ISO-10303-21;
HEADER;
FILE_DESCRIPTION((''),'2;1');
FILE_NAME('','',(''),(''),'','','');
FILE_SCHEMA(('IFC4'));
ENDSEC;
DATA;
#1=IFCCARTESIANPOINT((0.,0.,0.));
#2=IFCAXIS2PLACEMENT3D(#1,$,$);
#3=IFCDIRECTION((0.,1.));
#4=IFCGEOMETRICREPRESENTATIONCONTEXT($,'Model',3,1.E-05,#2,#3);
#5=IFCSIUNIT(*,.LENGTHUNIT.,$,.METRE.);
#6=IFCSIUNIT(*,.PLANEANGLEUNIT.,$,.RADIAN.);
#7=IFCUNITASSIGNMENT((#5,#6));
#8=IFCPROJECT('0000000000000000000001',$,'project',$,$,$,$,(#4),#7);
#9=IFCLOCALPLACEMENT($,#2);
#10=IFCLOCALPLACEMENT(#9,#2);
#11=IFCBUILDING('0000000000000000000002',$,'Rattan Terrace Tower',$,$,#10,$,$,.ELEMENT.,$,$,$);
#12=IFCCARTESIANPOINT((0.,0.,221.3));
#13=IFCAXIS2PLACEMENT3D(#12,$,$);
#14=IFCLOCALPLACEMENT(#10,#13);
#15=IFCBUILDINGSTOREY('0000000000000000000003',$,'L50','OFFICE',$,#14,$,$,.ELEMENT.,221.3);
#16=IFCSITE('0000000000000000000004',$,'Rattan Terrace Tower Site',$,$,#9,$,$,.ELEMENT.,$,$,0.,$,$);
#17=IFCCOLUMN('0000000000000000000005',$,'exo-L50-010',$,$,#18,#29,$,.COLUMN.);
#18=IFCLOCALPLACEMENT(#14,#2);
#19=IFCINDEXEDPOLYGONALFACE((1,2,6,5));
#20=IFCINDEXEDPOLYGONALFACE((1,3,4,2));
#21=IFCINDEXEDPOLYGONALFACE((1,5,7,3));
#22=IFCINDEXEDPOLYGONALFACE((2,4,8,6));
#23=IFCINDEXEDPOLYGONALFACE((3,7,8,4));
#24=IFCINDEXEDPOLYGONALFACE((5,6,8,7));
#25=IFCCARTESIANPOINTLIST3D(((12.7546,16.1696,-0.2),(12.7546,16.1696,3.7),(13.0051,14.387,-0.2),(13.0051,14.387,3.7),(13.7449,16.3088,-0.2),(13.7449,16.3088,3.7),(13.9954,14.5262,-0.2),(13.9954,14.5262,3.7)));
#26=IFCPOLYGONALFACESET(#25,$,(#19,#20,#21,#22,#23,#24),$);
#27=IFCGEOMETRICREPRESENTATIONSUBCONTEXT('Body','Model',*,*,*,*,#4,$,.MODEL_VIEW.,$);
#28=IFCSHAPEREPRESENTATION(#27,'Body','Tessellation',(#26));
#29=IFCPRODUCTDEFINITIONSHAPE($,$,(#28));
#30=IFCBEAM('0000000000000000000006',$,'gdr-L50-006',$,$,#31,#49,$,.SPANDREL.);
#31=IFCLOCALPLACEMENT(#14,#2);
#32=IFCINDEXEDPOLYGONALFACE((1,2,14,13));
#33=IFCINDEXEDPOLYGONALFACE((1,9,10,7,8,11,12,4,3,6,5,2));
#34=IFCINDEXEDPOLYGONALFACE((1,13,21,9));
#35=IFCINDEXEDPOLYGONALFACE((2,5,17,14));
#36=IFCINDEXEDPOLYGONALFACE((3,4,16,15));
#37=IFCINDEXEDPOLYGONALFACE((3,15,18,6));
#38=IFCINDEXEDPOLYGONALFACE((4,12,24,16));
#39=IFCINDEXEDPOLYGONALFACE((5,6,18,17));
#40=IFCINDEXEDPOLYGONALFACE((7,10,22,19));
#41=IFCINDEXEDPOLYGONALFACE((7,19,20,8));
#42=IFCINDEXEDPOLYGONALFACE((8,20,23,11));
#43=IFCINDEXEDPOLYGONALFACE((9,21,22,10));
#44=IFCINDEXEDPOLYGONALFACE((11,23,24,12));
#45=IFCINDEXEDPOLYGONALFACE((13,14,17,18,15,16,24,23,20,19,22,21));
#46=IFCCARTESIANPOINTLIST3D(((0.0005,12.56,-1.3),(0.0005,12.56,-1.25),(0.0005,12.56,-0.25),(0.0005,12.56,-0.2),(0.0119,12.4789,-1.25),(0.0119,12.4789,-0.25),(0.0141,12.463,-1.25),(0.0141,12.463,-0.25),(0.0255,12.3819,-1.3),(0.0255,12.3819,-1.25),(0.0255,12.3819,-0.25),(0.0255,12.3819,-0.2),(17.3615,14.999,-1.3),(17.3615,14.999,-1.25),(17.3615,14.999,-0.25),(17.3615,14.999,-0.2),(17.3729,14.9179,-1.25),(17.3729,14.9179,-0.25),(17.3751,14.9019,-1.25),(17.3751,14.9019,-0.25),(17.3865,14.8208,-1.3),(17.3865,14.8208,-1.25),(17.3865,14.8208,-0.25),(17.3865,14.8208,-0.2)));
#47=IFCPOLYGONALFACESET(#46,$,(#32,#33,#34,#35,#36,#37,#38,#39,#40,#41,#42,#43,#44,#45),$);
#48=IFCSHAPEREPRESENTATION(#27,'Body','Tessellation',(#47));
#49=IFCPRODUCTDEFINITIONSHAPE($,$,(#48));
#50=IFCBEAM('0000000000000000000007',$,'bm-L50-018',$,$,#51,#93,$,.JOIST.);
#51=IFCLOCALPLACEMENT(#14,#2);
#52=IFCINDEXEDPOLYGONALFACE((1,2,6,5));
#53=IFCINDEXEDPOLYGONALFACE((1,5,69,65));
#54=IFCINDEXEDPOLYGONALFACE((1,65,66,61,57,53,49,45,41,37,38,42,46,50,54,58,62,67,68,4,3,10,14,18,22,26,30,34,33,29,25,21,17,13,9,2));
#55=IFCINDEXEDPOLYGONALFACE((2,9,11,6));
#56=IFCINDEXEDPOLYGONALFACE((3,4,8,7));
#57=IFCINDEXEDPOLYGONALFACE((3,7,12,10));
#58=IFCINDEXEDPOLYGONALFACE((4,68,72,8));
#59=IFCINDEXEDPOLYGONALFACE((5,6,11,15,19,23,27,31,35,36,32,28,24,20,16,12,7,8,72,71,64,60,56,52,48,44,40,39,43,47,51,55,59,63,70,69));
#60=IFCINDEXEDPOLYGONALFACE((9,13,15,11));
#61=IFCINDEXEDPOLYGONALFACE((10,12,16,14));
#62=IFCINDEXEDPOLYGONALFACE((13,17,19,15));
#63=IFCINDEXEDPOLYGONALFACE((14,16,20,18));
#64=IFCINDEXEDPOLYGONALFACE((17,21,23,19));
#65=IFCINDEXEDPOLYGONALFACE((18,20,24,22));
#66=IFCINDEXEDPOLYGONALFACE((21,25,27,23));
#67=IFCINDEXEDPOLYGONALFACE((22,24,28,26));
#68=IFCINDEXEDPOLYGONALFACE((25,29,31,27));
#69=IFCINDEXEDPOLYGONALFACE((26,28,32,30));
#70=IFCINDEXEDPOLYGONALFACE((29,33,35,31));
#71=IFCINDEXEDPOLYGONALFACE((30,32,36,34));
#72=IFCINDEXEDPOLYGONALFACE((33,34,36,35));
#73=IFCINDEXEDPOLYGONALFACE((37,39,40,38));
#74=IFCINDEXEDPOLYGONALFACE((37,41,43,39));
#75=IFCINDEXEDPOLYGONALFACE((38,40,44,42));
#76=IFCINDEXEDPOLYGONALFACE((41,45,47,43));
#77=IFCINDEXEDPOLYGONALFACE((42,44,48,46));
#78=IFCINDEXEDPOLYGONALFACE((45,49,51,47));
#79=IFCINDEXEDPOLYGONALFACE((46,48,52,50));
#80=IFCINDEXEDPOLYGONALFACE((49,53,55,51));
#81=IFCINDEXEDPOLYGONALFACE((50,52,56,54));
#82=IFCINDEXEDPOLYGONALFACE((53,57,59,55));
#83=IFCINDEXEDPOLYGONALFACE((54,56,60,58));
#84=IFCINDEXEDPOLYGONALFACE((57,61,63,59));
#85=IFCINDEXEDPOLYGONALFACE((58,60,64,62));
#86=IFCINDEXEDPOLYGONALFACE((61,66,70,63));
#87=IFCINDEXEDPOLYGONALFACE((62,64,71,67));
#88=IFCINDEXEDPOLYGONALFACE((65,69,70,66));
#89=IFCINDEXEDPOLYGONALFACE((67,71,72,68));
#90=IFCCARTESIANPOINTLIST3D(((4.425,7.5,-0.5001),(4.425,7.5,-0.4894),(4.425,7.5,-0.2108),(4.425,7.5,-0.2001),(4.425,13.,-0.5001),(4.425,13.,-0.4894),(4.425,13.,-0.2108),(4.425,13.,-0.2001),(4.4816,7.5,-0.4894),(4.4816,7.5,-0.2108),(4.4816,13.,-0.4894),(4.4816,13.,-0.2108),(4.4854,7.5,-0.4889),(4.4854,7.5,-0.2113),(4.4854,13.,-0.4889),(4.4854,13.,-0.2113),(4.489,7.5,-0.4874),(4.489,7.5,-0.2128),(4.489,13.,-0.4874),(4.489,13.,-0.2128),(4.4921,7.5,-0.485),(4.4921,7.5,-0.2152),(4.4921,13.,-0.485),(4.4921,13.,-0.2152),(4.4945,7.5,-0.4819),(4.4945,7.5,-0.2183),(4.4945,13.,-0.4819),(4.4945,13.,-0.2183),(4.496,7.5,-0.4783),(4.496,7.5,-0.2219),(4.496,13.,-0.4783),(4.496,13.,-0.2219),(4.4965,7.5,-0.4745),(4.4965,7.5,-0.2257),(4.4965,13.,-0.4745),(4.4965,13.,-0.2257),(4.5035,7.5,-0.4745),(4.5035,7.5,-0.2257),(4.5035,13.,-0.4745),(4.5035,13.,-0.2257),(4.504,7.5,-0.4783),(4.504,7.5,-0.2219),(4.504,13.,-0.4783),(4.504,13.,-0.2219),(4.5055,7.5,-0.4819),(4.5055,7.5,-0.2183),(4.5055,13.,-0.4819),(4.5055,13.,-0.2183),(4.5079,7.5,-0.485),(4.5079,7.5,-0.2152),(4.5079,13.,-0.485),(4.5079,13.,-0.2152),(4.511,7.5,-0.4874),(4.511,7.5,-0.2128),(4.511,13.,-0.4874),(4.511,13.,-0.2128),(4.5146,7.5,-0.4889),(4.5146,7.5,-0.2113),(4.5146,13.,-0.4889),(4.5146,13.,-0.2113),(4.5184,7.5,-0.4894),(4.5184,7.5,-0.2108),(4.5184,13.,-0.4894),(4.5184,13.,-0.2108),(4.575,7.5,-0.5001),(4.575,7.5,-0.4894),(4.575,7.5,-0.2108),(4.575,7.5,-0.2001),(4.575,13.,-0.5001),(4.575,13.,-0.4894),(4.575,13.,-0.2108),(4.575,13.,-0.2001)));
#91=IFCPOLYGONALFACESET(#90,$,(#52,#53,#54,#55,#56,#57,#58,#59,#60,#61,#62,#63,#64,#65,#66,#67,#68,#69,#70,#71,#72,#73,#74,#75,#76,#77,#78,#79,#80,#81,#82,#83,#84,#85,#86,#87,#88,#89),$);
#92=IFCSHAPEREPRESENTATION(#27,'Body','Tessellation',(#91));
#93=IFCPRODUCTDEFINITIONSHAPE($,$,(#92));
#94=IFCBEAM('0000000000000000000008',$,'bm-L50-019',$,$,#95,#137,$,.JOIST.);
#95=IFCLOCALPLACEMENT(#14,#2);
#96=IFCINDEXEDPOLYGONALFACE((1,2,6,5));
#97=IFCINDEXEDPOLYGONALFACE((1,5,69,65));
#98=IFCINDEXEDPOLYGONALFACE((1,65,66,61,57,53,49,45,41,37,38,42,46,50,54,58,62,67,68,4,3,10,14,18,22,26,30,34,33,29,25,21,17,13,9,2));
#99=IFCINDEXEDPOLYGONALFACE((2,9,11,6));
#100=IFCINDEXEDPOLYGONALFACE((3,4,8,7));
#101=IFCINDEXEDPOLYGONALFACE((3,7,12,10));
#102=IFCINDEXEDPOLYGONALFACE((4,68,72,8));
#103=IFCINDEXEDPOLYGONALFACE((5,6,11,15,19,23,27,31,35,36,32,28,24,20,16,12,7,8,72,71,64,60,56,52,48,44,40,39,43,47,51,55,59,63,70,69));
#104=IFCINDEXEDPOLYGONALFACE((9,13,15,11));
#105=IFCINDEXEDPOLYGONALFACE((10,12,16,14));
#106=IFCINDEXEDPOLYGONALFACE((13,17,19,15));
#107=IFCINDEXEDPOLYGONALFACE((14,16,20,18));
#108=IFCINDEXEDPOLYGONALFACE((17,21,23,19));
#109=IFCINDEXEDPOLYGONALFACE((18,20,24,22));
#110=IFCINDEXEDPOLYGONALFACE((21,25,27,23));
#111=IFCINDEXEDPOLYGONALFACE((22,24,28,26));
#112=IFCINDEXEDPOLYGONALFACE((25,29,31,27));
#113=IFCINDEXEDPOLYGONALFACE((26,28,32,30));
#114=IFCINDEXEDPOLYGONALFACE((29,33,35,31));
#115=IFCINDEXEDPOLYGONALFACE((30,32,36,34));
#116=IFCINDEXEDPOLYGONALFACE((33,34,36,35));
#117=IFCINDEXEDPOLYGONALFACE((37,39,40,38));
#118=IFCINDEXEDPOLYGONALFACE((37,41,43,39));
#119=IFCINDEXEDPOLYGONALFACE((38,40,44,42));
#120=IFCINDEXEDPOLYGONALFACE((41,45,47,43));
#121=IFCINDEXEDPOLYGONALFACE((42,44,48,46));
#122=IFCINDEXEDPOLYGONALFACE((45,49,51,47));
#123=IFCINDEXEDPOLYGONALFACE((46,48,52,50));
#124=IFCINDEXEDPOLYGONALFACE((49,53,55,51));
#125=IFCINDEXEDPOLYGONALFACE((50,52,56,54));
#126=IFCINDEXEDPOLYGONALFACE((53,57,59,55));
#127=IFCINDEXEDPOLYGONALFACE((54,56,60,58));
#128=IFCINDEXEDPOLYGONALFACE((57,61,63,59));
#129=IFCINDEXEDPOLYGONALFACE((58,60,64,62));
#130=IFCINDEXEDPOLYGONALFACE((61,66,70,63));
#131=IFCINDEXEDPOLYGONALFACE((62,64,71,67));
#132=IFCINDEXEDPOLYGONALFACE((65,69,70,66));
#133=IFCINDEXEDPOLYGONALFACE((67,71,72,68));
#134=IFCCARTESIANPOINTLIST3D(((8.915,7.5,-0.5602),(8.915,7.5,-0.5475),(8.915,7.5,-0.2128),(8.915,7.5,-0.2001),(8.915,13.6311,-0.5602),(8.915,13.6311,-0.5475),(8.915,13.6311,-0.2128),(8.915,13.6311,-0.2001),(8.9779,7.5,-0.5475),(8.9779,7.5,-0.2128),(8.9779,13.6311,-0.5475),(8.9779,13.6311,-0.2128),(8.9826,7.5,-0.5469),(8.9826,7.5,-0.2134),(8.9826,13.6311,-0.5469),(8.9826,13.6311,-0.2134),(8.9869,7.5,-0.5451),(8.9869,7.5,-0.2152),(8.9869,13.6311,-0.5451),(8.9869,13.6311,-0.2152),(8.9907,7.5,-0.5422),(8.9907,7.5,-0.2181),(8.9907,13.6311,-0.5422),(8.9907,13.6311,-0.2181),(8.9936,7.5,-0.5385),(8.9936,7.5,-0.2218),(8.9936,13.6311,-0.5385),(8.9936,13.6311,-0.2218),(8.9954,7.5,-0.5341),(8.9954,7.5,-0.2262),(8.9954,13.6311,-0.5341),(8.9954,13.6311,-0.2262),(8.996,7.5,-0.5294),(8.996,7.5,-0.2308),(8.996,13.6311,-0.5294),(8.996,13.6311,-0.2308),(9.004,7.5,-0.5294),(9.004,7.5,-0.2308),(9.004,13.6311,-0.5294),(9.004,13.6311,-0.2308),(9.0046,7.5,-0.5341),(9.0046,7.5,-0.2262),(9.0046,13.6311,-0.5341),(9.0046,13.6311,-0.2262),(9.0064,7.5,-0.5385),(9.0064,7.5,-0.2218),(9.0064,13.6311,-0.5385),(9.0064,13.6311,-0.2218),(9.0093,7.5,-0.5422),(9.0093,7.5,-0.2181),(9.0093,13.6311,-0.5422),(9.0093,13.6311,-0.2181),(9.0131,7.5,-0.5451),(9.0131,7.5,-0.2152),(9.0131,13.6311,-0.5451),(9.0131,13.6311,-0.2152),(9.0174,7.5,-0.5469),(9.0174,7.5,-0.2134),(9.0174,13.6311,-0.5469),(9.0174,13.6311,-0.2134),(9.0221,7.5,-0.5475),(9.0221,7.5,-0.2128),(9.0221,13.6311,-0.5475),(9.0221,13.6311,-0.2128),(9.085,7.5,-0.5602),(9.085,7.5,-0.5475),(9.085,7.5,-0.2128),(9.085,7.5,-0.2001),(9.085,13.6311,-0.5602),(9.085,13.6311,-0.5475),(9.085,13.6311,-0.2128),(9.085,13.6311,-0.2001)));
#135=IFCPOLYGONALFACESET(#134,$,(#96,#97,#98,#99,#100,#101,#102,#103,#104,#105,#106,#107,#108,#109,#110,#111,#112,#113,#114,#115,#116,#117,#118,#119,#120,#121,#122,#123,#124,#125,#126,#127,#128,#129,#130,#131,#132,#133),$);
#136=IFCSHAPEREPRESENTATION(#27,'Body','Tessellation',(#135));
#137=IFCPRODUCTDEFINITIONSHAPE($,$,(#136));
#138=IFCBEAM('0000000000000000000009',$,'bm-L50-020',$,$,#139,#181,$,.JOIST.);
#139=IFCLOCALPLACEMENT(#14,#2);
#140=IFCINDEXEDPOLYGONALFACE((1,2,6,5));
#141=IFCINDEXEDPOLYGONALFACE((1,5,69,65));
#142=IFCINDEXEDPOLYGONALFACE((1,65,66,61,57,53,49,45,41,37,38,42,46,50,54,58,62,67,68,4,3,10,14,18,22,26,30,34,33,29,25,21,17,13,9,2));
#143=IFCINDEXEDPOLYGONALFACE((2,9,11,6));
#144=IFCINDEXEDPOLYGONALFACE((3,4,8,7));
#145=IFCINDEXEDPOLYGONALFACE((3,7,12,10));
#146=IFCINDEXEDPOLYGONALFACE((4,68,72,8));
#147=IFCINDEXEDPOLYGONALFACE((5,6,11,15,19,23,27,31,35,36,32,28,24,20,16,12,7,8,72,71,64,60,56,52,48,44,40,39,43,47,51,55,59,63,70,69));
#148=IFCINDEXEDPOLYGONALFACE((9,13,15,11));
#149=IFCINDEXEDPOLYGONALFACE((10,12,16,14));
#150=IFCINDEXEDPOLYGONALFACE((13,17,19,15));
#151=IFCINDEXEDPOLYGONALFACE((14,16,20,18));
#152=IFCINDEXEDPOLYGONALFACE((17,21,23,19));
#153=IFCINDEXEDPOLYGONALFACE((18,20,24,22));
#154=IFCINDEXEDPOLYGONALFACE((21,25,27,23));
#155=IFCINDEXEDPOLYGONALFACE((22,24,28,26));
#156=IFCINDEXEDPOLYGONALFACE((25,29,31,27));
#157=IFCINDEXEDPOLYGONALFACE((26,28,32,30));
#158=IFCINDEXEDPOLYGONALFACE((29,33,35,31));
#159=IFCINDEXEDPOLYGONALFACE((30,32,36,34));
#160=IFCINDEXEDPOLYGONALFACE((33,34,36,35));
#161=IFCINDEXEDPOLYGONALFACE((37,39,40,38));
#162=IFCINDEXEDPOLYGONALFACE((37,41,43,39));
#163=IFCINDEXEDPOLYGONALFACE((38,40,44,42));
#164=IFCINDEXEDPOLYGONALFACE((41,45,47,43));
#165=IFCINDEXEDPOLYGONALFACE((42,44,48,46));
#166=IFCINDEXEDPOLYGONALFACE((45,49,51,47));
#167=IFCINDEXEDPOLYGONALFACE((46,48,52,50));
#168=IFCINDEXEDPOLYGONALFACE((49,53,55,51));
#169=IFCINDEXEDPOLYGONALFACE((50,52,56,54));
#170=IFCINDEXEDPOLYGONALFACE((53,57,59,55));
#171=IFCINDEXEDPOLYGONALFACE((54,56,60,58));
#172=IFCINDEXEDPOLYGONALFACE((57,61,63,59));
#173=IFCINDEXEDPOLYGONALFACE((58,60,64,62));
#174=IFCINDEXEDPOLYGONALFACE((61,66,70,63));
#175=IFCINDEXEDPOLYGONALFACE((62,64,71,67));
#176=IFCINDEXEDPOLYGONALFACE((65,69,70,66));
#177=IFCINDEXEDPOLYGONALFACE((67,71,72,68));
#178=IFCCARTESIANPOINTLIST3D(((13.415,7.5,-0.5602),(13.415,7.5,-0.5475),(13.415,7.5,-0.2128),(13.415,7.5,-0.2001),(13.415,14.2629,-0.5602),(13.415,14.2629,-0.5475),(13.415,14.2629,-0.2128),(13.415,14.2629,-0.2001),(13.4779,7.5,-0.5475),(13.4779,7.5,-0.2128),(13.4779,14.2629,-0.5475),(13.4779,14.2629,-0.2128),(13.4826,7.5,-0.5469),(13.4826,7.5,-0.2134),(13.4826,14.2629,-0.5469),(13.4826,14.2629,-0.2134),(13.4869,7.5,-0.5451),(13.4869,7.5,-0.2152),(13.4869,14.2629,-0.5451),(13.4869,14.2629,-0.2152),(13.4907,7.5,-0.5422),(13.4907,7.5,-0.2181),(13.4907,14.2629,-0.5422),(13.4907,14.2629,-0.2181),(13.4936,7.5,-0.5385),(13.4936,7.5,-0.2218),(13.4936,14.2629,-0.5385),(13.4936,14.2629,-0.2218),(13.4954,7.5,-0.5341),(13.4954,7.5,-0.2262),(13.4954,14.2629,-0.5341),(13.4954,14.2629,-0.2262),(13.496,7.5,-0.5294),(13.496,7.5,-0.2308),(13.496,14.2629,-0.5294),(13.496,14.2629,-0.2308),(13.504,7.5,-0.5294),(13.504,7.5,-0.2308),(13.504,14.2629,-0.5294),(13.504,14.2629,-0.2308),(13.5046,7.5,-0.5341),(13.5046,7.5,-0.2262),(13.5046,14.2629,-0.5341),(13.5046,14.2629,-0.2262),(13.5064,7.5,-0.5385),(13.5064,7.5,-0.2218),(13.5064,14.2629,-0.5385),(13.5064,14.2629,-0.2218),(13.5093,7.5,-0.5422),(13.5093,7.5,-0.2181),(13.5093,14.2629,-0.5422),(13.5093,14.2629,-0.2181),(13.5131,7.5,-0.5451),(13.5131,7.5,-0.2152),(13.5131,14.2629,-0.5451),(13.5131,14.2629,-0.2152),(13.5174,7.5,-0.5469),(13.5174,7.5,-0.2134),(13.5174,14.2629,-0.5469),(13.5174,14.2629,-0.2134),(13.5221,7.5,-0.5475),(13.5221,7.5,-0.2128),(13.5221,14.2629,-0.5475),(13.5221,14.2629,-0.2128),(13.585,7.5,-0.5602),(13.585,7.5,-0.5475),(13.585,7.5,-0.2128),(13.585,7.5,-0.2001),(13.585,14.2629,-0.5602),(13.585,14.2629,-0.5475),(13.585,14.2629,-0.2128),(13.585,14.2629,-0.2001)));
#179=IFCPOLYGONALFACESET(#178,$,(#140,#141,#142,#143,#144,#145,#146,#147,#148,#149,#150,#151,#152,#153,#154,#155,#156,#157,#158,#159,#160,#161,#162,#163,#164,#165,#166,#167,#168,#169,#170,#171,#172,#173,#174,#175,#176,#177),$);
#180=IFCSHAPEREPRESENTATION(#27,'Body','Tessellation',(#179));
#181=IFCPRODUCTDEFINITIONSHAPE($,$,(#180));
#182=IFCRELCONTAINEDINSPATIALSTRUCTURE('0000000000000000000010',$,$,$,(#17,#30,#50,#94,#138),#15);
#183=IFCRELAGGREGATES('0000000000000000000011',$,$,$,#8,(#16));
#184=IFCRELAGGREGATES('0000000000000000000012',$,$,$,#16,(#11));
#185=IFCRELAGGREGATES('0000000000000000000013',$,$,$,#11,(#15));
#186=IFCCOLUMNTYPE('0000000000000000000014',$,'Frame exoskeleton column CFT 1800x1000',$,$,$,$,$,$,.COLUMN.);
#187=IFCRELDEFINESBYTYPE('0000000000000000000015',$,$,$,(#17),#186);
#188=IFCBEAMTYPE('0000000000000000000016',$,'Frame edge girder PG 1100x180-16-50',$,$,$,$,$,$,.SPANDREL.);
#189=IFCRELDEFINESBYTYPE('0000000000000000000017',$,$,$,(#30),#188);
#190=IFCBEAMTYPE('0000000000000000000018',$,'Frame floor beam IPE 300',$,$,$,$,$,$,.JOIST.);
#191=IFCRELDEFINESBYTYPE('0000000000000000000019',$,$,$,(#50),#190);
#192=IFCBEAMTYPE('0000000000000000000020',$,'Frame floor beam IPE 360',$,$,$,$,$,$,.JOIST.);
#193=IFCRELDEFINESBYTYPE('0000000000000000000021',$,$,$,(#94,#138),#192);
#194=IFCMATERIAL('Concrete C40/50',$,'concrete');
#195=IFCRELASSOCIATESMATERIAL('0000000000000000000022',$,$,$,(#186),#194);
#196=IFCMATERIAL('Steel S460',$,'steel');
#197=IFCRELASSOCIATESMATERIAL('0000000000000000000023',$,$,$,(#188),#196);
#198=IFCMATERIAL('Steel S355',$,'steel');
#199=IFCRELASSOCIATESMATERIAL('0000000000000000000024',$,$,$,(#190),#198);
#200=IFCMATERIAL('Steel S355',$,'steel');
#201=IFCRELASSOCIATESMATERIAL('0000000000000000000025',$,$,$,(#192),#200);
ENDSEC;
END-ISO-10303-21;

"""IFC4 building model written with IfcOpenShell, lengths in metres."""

from ifc_helpers import new_model, si_unit, direction, frame, origin, origin_2d, place, context, subcontext, project, spatial, rectangle, i_section, extrude, material, material_profile, profile_set, type_object, element, save


model = new_model("IFC4")

# Units and contexts
model_context = context("Model", 3, precision=1e-05, world=origin(), true_north=direction((0.0, 1.0)))
body_context = subcontext(model_context, "Body", "Model", "MODEL_VIEW")
ifc_project = project(units=[si_unit("LENGTHUNIT", "METRE"), si_unit("PLANEANGLEUNIT", "RADIAN")], contexts=[model_context])

# Site, building, storey
site_placement = place(None, origin())
site = spatial("IfcSite", under=ifc_project, at=site_placement, Name="Rattan Terrace Tower Site", CompositionType="ELEMENT", RefElevation=0.0)
building_placement = place(site_placement, origin())
building = spatial("IfcBuilding", under=site, at=building_placement, Name="Rattan Terrace Tower", CompositionType="ELEMENT")
storey_placement = place(building_placement, frame((0.0, 0.0, 221.3)))
storey = spatial("IfcBuildingStorey", under=building, at=storey_placement, Name="L50", Description="OFFICE", CompositionType="ELEMENT", Elevation=221.3)

# Column
ifc_material_1 = material(Name="Concrete C40/50", Category="concrete")
ifc_material_profile_1 = material_profile(ifc_material_1, rectangle(XDim=1.0, YDim=1.8, at=origin_2d()), Name="CFT 1800x1000")
ifc_profile_set_1 = profile_set([ifc_material_profile_1], Name="Concrete C40/50")
column_type = type_object("IfcColumnType", Name="Frame exoskeleton column CFT 1800x1000", PredefinedType="COLUMN", material=ifc_profile_set_1)
column_placement = place(storey_placement, frame((13.375, 15.3479, -0.2), z_axis=(0.0, 0.0, 1.0), x_axis=(0.990268, 0.139173, 0.0)))
element("IfcColumn", 1, at=column_placement, inside=storey, type_object=column_type, Name="exo-L50-010", PredefinedType="COLUMN", context=body_context, shape_type="SweptSolid", body=[
    extrude(rectangle(XDim=1.0, YDim=1.8, at=origin_2d()), origin(), (0.0, 0.0, 1.0), 3.8999),
])

# Beams
ifc_material_2 = material(Name="Steel S460", Category="steel")
ifc_material_profile_2 = material_profile(ifc_material_2, i_section(OverallWidth=0.1799, OverallDepth=1.1001, WebThickness=0.0161, FlangeThickness=0.05, at=origin_2d()), Name="PG 1100x180-16-50")
ifc_profile_set_2 = profile_set([ifc_material_profile_2], Name="Steel S460")
beam_type_1 = type_object("IfcBeamType", Name="Frame edge girder PG 1100x180-16-50", PredefinedType="SPANDREL", material=ifc_profile_set_2)
beam_1_placement = place(storey_placement, frame((17.374, 14.9099, -0.75), z_axis=(-0.990276, -0.139118, 0.0), x_axis=(0.139118, -0.990276, 0.0)))
element("IfcBeam", 2, at=beam_1_placement, inside=storey, type_object=beam_type_1, Name="gdr-L50-006", PredefinedType="SPANDREL", context=body_context, shape_type="SweptSolid", body=[
    extrude(i_section(OverallWidth=0.1799, OverallDepth=1.1001, WebThickness=0.0161, FlangeThickness=0.05, at=origin_2d()), origin(), (0.0, 0.0, 1.0), 17.5315),
])
ifc_material_3 = material(Name="Steel S355", Category="steel")
ifc_material_profile_3 = material_profile(ifc_material_3, i_section(OverallWidth=0.1499, OverallDepth=0.3, WebThickness=0.0071, FlangeThickness=0.0107, FilletRadius=0.0149, at=origin_2d()), Name="IPE 300")
ifc_profile_set_3 = profile_set([ifc_material_profile_3], Name="Steel S355")
beam_type_2 = type_object("IfcBeamType", Name="Frame floor beam IPE 300", PredefinedType="JOIST", material=ifc_profile_set_3)
beam_2_placement = place(storey_placement, frame((4.5, 7.5, -0.3501), z_axis=(0.0, 1.0, 0.0), x_axis=(-1.0, 0.0, 0.0)))
element("IfcBeam", 3, at=beam_2_placement, inside=storey, type_object=beam_type_2, Name="bm-L50-018", PredefinedType="JOIST", context=body_context, shape_type="SweptSolid", body=[
    extrude(i_section(OverallWidth=0.1499, OverallDepth=0.3, WebThickness=0.0071, FlangeThickness=0.0107, FilletRadius=0.0149, at=origin_2d()), origin(), (0.0, 0.0, 1.0), 5.5),
])
ifc_material_4 = material(Name="Steel S355", Category="steel")
ifc_material_profile_4 = material_profile(ifc_material_4, i_section(OverallWidth=0.1699, OverallDepth=0.3601, WebThickness=0.0081, FlangeThickness=0.0127, FilletRadius=0.0181, at=origin_2d()), Name="IPE 360")
ifc_profile_set_4 = profile_set([ifc_material_profile_4], Name="Steel S355")
beam_type_3 = type_object("IfcBeamType", Name="Frame floor beam IPE 360", PredefinedType="JOIST", material=ifc_profile_set_4)
beam_3_placement = place(storey_placement, frame((9.0, 7.5, -0.3801), z_axis=(0.0, 1.0, 0.0), x_axis=(-1.0, 0.0, 0.0)))
element("IfcBeam", 4, at=beam_3_placement, inside=storey, type_object=beam_type_3, Name="bm-L50-019", PredefinedType="JOIST", context=body_context, shape_type="SweptSolid", body=[
    extrude(i_section(OverallWidth=0.1699, OverallDepth=0.3601, WebThickness=0.0081, FlangeThickness=0.0127, FilletRadius=0.0181, at=origin_2d()), origin(), (0.0, 0.0, 1.0), 6.1311),
])
beam_4_placement = place(storey_placement, frame((13.5, 7.5, -0.3801), z_axis=(0.0, 1.0, 0.0), x_axis=(-1.0, 0.0, 0.0)))
element("IfcBeam", 5, at=beam_4_placement, inside=storey, type_object=beam_type_3, Name="bm-L50-020", PredefinedType="JOIST", context=body_context, shape_type="SweptSolid", body=[
    extrude(i_section(OverallWidth=0.1699, OverallDepth=0.3601, WebThickness=0.0081, FlangeThickness=0.0127, FilletRadius=0.0181, at=origin_2d()), origin(), (0.0, 0.0, 1.0), 6.7629),
])

save(model, "model.ifc")
